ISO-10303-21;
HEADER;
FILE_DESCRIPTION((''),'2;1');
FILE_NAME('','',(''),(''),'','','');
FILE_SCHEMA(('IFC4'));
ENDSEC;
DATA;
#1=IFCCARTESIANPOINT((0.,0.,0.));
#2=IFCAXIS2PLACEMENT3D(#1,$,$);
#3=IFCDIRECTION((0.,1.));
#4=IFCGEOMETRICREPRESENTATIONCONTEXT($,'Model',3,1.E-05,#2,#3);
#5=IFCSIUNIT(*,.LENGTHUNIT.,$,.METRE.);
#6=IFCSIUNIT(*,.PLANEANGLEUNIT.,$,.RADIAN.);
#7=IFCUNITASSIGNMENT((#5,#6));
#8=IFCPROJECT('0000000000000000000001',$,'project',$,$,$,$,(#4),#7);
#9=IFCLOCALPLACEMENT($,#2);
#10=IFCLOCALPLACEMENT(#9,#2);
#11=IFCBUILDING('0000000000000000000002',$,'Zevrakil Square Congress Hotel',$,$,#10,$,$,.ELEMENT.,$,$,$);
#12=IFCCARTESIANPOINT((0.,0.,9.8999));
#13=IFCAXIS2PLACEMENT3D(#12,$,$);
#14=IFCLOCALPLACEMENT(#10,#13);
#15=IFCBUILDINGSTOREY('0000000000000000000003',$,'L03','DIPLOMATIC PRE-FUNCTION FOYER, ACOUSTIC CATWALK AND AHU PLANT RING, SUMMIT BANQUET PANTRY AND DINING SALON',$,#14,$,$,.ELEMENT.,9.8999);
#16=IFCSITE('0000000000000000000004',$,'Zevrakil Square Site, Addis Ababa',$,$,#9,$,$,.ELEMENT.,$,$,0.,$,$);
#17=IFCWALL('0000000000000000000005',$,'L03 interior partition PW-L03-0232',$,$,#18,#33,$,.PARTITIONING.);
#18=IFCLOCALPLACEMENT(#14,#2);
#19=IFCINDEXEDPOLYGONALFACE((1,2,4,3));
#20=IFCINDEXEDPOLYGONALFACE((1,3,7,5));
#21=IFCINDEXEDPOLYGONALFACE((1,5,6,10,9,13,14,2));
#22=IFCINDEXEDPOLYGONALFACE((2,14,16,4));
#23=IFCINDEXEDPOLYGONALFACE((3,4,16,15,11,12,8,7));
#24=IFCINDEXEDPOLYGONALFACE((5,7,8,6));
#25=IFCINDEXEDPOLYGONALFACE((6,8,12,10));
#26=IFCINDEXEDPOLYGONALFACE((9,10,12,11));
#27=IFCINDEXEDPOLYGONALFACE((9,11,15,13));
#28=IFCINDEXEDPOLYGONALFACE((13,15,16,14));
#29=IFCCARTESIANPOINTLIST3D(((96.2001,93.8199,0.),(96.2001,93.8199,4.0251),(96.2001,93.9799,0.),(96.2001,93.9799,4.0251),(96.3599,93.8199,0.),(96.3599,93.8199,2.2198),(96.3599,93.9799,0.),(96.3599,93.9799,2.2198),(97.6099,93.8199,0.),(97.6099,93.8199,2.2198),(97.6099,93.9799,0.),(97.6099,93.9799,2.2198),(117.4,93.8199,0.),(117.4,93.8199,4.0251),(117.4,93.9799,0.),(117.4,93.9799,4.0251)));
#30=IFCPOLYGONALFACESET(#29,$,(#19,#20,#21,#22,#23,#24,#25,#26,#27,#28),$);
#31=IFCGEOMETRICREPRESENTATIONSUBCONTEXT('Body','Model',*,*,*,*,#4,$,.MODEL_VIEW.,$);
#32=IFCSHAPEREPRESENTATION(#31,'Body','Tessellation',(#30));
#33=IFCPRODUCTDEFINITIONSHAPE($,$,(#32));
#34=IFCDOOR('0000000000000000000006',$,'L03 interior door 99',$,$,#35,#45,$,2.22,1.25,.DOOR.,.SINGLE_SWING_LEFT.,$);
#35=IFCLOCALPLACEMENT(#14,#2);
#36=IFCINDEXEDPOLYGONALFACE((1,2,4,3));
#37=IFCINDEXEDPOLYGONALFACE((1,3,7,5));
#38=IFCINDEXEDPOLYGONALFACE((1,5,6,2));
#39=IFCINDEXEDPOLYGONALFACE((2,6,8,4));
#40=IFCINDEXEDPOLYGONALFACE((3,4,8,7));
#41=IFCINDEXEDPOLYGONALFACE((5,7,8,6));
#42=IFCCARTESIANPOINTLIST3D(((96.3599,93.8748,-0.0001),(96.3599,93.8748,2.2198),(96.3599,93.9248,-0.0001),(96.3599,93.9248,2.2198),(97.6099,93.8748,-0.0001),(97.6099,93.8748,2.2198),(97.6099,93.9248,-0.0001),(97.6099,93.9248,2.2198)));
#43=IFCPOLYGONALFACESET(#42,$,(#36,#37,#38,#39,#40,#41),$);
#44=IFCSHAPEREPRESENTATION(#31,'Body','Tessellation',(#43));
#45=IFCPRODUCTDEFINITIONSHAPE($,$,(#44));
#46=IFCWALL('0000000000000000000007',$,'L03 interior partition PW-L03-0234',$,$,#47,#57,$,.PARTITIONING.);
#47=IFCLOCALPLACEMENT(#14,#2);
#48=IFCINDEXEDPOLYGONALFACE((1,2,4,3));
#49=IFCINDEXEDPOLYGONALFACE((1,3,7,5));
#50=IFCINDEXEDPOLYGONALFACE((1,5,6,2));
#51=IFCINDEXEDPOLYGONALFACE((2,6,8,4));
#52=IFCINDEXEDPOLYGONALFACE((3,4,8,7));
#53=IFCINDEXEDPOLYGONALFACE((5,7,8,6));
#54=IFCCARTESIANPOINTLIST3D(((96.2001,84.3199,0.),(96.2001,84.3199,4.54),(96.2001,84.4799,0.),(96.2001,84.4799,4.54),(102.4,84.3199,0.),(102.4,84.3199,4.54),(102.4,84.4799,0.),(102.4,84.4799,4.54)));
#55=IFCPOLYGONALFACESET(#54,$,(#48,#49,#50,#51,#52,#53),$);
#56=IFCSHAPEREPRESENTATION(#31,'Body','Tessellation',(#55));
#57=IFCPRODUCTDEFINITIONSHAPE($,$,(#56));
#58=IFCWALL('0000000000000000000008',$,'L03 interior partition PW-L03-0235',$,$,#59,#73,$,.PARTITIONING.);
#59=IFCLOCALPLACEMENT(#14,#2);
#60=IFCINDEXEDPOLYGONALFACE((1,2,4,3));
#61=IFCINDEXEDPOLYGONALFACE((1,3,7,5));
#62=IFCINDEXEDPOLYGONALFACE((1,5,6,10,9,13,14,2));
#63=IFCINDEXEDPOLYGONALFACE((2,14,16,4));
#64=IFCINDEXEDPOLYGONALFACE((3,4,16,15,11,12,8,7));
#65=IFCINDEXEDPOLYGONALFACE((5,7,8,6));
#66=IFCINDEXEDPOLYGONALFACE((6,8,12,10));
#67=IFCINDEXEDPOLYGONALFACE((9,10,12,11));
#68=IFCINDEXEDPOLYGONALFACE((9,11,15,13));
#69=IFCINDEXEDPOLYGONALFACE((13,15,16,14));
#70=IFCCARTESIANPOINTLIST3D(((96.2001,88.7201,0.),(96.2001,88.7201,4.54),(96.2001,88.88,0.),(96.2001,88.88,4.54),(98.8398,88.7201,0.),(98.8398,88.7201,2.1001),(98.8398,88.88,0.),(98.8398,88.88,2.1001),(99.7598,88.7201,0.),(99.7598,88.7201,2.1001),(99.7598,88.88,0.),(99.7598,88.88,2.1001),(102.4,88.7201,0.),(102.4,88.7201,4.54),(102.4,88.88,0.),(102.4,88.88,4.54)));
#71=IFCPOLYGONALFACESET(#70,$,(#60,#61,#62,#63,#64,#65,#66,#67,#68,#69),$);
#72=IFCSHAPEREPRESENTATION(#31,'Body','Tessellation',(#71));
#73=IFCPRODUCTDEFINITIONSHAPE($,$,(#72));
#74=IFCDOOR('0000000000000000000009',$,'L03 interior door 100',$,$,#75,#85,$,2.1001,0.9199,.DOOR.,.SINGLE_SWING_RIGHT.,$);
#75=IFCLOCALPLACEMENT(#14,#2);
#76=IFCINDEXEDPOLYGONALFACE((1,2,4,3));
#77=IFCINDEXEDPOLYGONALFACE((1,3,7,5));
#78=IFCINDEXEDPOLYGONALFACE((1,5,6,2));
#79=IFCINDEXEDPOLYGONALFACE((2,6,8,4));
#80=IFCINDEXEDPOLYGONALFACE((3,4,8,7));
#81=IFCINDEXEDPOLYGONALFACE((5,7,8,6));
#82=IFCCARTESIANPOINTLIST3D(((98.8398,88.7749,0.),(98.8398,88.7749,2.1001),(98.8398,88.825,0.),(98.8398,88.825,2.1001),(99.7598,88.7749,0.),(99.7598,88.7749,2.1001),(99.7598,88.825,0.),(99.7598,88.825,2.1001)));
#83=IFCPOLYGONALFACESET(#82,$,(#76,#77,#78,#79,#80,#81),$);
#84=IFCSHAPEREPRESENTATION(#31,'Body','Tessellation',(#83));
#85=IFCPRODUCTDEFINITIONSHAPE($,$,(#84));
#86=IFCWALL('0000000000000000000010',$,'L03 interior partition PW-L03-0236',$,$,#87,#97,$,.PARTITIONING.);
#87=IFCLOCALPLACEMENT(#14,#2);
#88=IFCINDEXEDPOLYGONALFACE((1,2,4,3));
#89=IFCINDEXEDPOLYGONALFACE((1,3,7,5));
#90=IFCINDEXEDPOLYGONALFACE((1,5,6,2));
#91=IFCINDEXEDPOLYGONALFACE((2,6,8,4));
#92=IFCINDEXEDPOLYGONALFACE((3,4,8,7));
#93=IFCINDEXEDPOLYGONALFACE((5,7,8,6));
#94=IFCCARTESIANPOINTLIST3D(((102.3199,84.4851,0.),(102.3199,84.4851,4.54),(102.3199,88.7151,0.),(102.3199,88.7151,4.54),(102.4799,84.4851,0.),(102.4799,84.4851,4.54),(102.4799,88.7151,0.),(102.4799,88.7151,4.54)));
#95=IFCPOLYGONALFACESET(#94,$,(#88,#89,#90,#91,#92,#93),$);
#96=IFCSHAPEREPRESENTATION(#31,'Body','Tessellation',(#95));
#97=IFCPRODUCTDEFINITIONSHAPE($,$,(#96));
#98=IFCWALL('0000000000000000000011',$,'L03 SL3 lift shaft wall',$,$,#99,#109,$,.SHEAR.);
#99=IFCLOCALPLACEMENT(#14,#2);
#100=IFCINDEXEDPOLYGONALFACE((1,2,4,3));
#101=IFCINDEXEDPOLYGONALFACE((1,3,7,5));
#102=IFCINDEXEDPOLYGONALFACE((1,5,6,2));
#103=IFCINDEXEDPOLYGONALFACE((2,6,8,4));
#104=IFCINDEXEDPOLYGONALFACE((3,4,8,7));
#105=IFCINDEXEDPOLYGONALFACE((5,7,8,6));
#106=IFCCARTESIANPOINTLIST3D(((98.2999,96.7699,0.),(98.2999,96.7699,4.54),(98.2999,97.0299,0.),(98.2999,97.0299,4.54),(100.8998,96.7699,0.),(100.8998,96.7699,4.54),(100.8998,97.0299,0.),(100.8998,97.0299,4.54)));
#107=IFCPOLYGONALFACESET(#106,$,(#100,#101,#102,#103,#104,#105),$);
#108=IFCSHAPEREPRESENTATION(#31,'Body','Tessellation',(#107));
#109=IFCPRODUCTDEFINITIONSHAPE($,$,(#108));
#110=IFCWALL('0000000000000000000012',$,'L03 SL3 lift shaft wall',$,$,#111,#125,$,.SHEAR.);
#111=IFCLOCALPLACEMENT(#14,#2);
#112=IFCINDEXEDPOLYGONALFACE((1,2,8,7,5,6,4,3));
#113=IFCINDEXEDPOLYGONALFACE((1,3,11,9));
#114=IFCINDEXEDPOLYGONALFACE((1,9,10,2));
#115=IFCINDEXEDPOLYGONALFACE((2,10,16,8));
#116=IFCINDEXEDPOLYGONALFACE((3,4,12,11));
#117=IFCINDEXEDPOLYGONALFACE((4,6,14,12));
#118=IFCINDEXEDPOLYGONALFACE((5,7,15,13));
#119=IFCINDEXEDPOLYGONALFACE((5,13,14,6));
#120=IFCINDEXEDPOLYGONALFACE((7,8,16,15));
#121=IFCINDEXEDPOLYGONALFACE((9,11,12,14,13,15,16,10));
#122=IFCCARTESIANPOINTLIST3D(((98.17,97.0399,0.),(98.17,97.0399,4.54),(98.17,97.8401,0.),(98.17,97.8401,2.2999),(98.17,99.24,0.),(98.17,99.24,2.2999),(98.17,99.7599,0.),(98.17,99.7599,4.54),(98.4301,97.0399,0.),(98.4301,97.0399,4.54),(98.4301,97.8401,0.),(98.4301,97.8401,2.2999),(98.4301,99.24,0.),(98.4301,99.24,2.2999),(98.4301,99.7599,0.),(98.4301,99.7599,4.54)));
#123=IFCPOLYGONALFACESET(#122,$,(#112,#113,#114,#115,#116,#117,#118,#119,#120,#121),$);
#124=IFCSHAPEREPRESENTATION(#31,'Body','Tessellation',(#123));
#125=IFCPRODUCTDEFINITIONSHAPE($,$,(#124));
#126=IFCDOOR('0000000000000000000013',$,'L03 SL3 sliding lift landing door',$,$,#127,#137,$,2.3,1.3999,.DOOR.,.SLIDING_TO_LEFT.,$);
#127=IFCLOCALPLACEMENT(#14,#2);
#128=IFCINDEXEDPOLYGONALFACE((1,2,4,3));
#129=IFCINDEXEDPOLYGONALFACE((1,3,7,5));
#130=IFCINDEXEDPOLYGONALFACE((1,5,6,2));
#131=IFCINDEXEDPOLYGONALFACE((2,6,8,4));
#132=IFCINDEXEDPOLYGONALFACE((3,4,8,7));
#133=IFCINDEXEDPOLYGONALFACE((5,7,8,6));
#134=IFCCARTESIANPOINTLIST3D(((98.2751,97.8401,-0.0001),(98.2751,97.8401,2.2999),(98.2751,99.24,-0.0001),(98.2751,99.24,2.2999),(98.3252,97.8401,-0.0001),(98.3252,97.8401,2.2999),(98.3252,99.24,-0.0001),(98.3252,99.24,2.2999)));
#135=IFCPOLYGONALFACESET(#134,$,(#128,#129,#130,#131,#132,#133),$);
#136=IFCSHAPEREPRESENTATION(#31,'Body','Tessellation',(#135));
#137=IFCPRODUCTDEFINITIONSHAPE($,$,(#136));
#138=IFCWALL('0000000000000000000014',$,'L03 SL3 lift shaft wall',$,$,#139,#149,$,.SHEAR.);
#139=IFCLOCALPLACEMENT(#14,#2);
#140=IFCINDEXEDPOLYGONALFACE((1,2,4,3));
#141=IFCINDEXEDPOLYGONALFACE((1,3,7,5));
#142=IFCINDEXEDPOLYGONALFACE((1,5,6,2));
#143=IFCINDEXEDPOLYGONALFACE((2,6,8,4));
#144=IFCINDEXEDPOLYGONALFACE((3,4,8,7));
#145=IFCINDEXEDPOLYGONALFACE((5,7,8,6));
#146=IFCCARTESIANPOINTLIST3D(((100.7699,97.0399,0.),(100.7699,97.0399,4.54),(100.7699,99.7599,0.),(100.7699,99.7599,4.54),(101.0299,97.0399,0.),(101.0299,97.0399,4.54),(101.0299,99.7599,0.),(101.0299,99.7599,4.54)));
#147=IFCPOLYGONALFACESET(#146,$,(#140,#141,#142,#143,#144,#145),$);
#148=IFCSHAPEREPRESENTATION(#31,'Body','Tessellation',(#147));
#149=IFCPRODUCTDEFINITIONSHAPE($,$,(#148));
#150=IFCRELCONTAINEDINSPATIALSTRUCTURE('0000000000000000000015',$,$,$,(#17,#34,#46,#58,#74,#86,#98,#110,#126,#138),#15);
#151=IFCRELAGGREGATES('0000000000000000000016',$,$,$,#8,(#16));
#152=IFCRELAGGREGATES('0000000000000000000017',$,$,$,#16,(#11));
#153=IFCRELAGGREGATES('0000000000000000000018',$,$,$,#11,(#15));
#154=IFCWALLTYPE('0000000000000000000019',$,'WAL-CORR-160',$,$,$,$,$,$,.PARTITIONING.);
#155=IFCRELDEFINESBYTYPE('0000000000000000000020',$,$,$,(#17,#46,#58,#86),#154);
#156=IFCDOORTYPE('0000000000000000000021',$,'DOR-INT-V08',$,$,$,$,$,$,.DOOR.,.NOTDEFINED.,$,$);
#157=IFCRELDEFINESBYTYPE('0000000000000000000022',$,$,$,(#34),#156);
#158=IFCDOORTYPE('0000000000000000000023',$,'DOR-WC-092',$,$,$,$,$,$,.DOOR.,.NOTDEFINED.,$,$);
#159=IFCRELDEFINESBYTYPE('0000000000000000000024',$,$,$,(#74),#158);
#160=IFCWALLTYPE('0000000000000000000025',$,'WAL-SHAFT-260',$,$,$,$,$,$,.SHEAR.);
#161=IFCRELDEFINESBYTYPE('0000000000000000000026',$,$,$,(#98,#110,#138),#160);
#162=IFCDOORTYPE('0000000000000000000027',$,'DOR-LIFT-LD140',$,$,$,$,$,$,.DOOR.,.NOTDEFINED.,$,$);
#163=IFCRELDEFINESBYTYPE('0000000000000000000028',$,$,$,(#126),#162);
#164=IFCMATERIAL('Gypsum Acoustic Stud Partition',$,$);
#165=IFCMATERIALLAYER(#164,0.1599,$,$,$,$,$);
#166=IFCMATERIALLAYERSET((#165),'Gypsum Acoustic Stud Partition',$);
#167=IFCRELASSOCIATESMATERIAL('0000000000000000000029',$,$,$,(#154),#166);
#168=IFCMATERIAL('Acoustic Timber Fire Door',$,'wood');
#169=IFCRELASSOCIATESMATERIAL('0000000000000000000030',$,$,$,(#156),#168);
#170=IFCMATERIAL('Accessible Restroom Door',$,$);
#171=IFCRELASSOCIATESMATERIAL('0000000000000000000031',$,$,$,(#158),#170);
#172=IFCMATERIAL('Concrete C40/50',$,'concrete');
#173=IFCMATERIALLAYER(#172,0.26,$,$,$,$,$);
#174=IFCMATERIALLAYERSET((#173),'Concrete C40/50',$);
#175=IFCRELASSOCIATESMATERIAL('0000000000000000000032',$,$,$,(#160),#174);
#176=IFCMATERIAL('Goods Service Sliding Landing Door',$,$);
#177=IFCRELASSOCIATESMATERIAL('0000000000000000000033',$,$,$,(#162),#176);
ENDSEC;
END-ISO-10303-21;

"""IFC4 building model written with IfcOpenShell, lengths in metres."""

from ifc_helpers import new_model, si_unit, direction, frame, frame_2d, origin, place, context, subcontext, project, spatial, rectangle, extrude, material, layer, layer_set, type_object, element, fill, save


model = new_model("IFC4")

# Units and contexts
model_context = context("Model", 3, precision=1e-05, world=origin(), true_north=direction((0.0, 1.0)))
body_context = subcontext(model_context, "Body", "Model", "MODEL_VIEW")
ifc_project = project(units=[si_unit("LENGTHUNIT", "METRE"), si_unit("PLANEANGLEUNIT", "RADIAN")], contexts=[model_context])

# Site, building, storey
site_placement = place(None, origin())
site = spatial("IfcSite", under=ifc_project, at=site_placement, Name="Zevrakil Square Site, Addis Ababa", CompositionType="ELEMENT", RefElevation=0.0)
building_placement = place(site_placement, origin())
building = spatial("IfcBuilding", under=site, at=building_placement, Name="Zevrakil Square Congress Hotel", CompositionType="ELEMENT")
storey_placement = place(building_placement, frame((0.0, 0.0, 9.8999)))
storey = spatial("IfcBuildingStorey", under=building, at=storey_placement, Name="L03", Description="DIPLOMATIC PRE-FUNCTION FOYER, ACOUSTIC CATWALK AND AHU PLANT RING, SUMMIT BANQUET PANTRY AND DINING SALON", CompositionType="ELEMENT", Elevation=9.8999)

# Shared definitions
ifc_material_1 = material(Name="Gypsum Acoustic Stud Partition")
ifc_layer_1 = layer(ifc_material_1, 0.1599)
ifc_layer_set_1 = layer_set([ifc_layer_1], Name="Gypsum Acoustic Stud Partition")
wall_type_1 = type_object("IfcWallType", Name="WAL-CORR-160", PredefinedType="PARTITIONING", material=ifc_layer_set_1)

# Wall, opening, door
wall_1_placement = place(storey_placement, frame((96.2, 93.8999, 0.0), z_axis=(0.0, 0.0, 1.0), x_axis=(1.0, 0.0, 0.0)))
wall_1 = element("IfcWall", 1, at=wall_1_placement, inside=storey, type_object=wall_type_1, Name="L03 interior partition PW-L03-0232", PredefinedType="PARTITIONING", context=body_context, shape_type="SweptSolid", body=[
    extrude(rectangle(XDim=21.2, YDim=0.1599, at=frame_2d((10.6001, 0.0))), origin(), (0.0, 0.0, 1.0), 4.0251),
])
opening_1_placement = place(wall_1_placement, frame((0.1599, 0.0, 0.0)))
opening_1 = element("IfcOpeningElement", 2, at=opening_1_placement, cuts=wall_1, PredefinedType="OPENING", context=body_context, shape_type="SweptSolid", body=[
    extrude(rectangle(XDim=1.25, YDim=2.22, at=frame_2d((0.625, 1.1099))), frame((0.0, 0.0898, 0.0), z_axis=(0.0, -1.0, 0.0), x_axis=(1.0, 0.0, 0.0)), (0.0, 0.0, 1.0), 0.1799),
])
ifc_material_2 = material(Name="Acoustic Timber Fire Door", Category="wood")
door_type_1 = type_object("IfcDoorType", Name="DOR-INT-V08", OperationType="NOTDEFINED", PredefinedType="DOOR", material=ifc_material_2)
door_1_placement = place(opening_1_placement, origin())
door_1 = element("IfcDoor", 3, at=door_1_placement, inside=storey, type_object=door_type_1, Name="L03 interior door 99", OperationType="SINGLE_SWING_LEFT", OverallHeight=2.22, OverallWidth=1.25, PredefinedType="DOOR", context=body_context, shape_type="SweptSolid", body=[
    extrude(rectangle(XDim=1.25, YDim=2.22, at=frame_2d((0.625, 1.1099))), frame((0.0, 0.0249, 0.0), z_axis=(0.0, -1.0, 0.0), x_axis=(1.0, 0.0, 0.0)), (0.0, 0.0, 1.0), 0.05),
])
fill(opening_1, door_1)

# Wall
wall_2_placement = place(storey_placement, frame((96.2, 84.3999, 0.0), z_axis=(0.0, 0.0, 1.0), x_axis=(1.0, 0.0, 0.0)))
element("IfcWall", 4, at=wall_2_placement, inside=storey, type_object=wall_type_1, Name="L03 interior partition PW-L03-0234", PredefinedType="PARTITIONING", context=body_context, shape_type="SweptSolid", body=[
    extrude(rectangle(XDim=6.2, YDim=0.1599, at=frame_2d((3.1001, 0.0))), origin(), (0.0, 0.0, 1.0), 4.54),
])

# Wall, opening, door
wall_3_placement = place(storey_placement, frame((96.2, 88.8, 0.0), z_axis=(0.0, 0.0, 1.0), x_axis=(1.0, 0.0, 0.0)))
wall_3 = element("IfcWall", 5, at=wall_3_placement, inside=storey, type_object=wall_type_1, Name="L03 interior partition PW-L03-0235", PredefinedType="PARTITIONING", context=body_context, shape_type="SweptSolid", body=[
    extrude(rectangle(XDim=6.2, YDim=0.1599, at=frame_2d((3.1001, 0.0))), origin(), (0.0, 0.0, 1.0), 4.54),
])
opening_2_placement = place(wall_3_placement, frame((2.6399, 0.0, 0.0)))
opening_2 = element("IfcOpeningElement", 6, at=opening_2_placement, cuts=wall_3, PredefinedType="OPENING", context=body_context, shape_type="SweptSolid", body=[
    extrude(rectangle(XDim=0.9199, YDim=2.1001, at=frame_2d((0.46, 1.05))), frame((0.0, 0.0898, 0.0), z_axis=(0.0, -1.0, 0.0), x_axis=(1.0, 0.0, 0.0)), (0.0, 0.0, 1.0), 0.1799),
])
ifc_material_3 = material(Name="Accessible Restroom Door")
door_type_2 = type_object("IfcDoorType", Name="DOR-WC-092", OperationType="NOTDEFINED", PredefinedType="DOOR", material=ifc_material_3)
door_2_placement = place(opening_2_placement, origin())
door_2 = element("IfcDoor", 7, at=door_2_placement, inside=storey, type_object=door_type_2, Name="L03 interior door 100", OperationType="SINGLE_SWING_RIGHT", OverallHeight=2.1001, OverallWidth=0.9199, PredefinedType="DOOR", context=body_context, shape_type="SweptSolid", body=[
    extrude(rectangle(XDim=0.9199, YDim=2.1001, at=frame_2d((0.46, 1.05))), frame((0.0, 0.0249, 0.0), z_axis=(0.0, -1.0, 0.0), x_axis=(1.0, 0.0, 0.0)), (0.0, 0.0, 1.0), 0.05),
])
fill(opening_2, door_2)

# Walls
wall_4_placement = place(storey_placement, frame((102.3999, 84.4851, 0.0), z_axis=(0.0, 0.0, 1.0), x_axis=(0.0, 1.0, 0.0)))
element("IfcWall", 8, at=wall_4_placement, inside=storey, type_object=wall_type_1, Name="L03 interior partition PW-L03-0236", PredefinedType="PARTITIONING", context=body_context, shape_type="SweptSolid", body=[
    extrude(rectangle(XDim=4.23, YDim=0.1599, at=frame_2d((2.115, 0.0))), origin(), (0.0, 0.0, 1.0), 4.54),
])
ifc_material_4 = material(Name="Concrete C40/50", Category="concrete")
ifc_layer_2 = layer(ifc_material_4, 0.26)
ifc_layer_set_2 = layer_set([ifc_layer_2], Name="Concrete C40/50")
wall_type_2 = type_object("IfcWallType", Name="WAL-SHAFT-260", PredefinedType="SHEAR", material=ifc_layer_set_2)
wall_5_placement = place(storey_placement, frame((98.3, 96.8999, 0.0), z_axis=(0.0, 0.0, 1.0), x_axis=(1.0, 0.0, 0.0)))
element("IfcWall", 9, at=wall_5_placement, inside=storey, type_object=wall_type_2, Name="L03 SL3 lift shaft wall", PredefinedType="SHEAR", context=body_context, shape_type="SweptSolid", body=[
    extrude(rectangle(XDim=2.5999, YDim=0.26, at=frame_2d((1.2998, 0.0))), origin(), (0.0, 0.0, 1.0), 4.54),
])

# Wall, opening, door
wall_6_placement = place(storey_placement, frame((98.3, 97.04, 0.0), z_axis=(0.0, 0.0, 1.0), x_axis=(0.0, 1.0, 0.0)))
wall_6 = element("IfcWall", 10, at=wall_6_placement, inside=storey, type_object=wall_type_2, Name="L03 SL3 lift shaft wall", PredefinedType="SHEAR", context=body_context, shape_type="SweptSolid", body=[
    extrude(rectangle(XDim=2.72, YDim=0.26, at=frame_2d((1.3599, 0.0))), origin(), (0.0, 0.0, 1.0), 4.54),
])
opening_3_placement = place(wall_6_placement, frame((0.8, 0.0, 0.0)))
opening_3 = element("IfcOpeningElement", 11, at=opening_3_placement, cuts=wall_6, PredefinedType="OPENING", context=body_context, shape_type="SweptSolid", body=[
    extrude(rectangle(XDim=1.3999, YDim=2.3, at=frame_2d((0.7, 1.1499))), frame((0.0, 0.1401, 0.0), z_axis=(0.0, -1.0, 0.0), x_axis=(1.0, 0.0, 0.0)), (0.0, 0.0, 1.0), 0.28),
])
ifc_material_5 = material(Name="Goods Service Sliding Landing Door")
door_type_3 = type_object("IfcDoorType", Name="DOR-LIFT-LD140", OperationType="NOTDEFINED", PredefinedType="DOOR", material=ifc_material_5)
door_3_placement = place(opening_3_placement, origin())
door_3 = element("IfcDoor", 12, at=door_3_placement, inside=storey, type_object=door_type_3, Name="L03 SL3 sliding lift landing door", OperationType="SLIDING_TO_LEFT", OverallHeight=2.3, OverallWidth=1.3999, PredefinedType="DOOR", context=body_context, shape_type="SweptSolid", body=[
    extrude(rectangle(XDim=1.3999, YDim=2.3, at=frame_2d((0.7, 1.1499))), frame((0.0, 0.0249, 0.0), z_axis=(0.0, -1.0, 0.0), x_axis=(1.0, 0.0, 0.0)), (0.0, 0.0, 1.0), 0.05),
])
fill(opening_3, door_3)

# Wall
wall_7_placement = place(storey_placement, frame((100.8999, 97.04, 0.0), z_axis=(0.0, 0.0, 1.0), x_axis=(0.0, 1.0, 0.0)))
element("IfcWall", 13, at=wall_7_placement, inside=storey, type_object=wall_type_2, Name="L03 SL3 lift shaft wall", PredefinedType="SHEAR", context=body_context, shape_type="SweptSolid", body=[
    extrude(rectangle(XDim=2.72, YDim=0.26, at=frame_2d((1.3599, 0.0))), origin(), (0.0, 0.0, 1.0), 4.54),
])

save(model, "model.ifc")
